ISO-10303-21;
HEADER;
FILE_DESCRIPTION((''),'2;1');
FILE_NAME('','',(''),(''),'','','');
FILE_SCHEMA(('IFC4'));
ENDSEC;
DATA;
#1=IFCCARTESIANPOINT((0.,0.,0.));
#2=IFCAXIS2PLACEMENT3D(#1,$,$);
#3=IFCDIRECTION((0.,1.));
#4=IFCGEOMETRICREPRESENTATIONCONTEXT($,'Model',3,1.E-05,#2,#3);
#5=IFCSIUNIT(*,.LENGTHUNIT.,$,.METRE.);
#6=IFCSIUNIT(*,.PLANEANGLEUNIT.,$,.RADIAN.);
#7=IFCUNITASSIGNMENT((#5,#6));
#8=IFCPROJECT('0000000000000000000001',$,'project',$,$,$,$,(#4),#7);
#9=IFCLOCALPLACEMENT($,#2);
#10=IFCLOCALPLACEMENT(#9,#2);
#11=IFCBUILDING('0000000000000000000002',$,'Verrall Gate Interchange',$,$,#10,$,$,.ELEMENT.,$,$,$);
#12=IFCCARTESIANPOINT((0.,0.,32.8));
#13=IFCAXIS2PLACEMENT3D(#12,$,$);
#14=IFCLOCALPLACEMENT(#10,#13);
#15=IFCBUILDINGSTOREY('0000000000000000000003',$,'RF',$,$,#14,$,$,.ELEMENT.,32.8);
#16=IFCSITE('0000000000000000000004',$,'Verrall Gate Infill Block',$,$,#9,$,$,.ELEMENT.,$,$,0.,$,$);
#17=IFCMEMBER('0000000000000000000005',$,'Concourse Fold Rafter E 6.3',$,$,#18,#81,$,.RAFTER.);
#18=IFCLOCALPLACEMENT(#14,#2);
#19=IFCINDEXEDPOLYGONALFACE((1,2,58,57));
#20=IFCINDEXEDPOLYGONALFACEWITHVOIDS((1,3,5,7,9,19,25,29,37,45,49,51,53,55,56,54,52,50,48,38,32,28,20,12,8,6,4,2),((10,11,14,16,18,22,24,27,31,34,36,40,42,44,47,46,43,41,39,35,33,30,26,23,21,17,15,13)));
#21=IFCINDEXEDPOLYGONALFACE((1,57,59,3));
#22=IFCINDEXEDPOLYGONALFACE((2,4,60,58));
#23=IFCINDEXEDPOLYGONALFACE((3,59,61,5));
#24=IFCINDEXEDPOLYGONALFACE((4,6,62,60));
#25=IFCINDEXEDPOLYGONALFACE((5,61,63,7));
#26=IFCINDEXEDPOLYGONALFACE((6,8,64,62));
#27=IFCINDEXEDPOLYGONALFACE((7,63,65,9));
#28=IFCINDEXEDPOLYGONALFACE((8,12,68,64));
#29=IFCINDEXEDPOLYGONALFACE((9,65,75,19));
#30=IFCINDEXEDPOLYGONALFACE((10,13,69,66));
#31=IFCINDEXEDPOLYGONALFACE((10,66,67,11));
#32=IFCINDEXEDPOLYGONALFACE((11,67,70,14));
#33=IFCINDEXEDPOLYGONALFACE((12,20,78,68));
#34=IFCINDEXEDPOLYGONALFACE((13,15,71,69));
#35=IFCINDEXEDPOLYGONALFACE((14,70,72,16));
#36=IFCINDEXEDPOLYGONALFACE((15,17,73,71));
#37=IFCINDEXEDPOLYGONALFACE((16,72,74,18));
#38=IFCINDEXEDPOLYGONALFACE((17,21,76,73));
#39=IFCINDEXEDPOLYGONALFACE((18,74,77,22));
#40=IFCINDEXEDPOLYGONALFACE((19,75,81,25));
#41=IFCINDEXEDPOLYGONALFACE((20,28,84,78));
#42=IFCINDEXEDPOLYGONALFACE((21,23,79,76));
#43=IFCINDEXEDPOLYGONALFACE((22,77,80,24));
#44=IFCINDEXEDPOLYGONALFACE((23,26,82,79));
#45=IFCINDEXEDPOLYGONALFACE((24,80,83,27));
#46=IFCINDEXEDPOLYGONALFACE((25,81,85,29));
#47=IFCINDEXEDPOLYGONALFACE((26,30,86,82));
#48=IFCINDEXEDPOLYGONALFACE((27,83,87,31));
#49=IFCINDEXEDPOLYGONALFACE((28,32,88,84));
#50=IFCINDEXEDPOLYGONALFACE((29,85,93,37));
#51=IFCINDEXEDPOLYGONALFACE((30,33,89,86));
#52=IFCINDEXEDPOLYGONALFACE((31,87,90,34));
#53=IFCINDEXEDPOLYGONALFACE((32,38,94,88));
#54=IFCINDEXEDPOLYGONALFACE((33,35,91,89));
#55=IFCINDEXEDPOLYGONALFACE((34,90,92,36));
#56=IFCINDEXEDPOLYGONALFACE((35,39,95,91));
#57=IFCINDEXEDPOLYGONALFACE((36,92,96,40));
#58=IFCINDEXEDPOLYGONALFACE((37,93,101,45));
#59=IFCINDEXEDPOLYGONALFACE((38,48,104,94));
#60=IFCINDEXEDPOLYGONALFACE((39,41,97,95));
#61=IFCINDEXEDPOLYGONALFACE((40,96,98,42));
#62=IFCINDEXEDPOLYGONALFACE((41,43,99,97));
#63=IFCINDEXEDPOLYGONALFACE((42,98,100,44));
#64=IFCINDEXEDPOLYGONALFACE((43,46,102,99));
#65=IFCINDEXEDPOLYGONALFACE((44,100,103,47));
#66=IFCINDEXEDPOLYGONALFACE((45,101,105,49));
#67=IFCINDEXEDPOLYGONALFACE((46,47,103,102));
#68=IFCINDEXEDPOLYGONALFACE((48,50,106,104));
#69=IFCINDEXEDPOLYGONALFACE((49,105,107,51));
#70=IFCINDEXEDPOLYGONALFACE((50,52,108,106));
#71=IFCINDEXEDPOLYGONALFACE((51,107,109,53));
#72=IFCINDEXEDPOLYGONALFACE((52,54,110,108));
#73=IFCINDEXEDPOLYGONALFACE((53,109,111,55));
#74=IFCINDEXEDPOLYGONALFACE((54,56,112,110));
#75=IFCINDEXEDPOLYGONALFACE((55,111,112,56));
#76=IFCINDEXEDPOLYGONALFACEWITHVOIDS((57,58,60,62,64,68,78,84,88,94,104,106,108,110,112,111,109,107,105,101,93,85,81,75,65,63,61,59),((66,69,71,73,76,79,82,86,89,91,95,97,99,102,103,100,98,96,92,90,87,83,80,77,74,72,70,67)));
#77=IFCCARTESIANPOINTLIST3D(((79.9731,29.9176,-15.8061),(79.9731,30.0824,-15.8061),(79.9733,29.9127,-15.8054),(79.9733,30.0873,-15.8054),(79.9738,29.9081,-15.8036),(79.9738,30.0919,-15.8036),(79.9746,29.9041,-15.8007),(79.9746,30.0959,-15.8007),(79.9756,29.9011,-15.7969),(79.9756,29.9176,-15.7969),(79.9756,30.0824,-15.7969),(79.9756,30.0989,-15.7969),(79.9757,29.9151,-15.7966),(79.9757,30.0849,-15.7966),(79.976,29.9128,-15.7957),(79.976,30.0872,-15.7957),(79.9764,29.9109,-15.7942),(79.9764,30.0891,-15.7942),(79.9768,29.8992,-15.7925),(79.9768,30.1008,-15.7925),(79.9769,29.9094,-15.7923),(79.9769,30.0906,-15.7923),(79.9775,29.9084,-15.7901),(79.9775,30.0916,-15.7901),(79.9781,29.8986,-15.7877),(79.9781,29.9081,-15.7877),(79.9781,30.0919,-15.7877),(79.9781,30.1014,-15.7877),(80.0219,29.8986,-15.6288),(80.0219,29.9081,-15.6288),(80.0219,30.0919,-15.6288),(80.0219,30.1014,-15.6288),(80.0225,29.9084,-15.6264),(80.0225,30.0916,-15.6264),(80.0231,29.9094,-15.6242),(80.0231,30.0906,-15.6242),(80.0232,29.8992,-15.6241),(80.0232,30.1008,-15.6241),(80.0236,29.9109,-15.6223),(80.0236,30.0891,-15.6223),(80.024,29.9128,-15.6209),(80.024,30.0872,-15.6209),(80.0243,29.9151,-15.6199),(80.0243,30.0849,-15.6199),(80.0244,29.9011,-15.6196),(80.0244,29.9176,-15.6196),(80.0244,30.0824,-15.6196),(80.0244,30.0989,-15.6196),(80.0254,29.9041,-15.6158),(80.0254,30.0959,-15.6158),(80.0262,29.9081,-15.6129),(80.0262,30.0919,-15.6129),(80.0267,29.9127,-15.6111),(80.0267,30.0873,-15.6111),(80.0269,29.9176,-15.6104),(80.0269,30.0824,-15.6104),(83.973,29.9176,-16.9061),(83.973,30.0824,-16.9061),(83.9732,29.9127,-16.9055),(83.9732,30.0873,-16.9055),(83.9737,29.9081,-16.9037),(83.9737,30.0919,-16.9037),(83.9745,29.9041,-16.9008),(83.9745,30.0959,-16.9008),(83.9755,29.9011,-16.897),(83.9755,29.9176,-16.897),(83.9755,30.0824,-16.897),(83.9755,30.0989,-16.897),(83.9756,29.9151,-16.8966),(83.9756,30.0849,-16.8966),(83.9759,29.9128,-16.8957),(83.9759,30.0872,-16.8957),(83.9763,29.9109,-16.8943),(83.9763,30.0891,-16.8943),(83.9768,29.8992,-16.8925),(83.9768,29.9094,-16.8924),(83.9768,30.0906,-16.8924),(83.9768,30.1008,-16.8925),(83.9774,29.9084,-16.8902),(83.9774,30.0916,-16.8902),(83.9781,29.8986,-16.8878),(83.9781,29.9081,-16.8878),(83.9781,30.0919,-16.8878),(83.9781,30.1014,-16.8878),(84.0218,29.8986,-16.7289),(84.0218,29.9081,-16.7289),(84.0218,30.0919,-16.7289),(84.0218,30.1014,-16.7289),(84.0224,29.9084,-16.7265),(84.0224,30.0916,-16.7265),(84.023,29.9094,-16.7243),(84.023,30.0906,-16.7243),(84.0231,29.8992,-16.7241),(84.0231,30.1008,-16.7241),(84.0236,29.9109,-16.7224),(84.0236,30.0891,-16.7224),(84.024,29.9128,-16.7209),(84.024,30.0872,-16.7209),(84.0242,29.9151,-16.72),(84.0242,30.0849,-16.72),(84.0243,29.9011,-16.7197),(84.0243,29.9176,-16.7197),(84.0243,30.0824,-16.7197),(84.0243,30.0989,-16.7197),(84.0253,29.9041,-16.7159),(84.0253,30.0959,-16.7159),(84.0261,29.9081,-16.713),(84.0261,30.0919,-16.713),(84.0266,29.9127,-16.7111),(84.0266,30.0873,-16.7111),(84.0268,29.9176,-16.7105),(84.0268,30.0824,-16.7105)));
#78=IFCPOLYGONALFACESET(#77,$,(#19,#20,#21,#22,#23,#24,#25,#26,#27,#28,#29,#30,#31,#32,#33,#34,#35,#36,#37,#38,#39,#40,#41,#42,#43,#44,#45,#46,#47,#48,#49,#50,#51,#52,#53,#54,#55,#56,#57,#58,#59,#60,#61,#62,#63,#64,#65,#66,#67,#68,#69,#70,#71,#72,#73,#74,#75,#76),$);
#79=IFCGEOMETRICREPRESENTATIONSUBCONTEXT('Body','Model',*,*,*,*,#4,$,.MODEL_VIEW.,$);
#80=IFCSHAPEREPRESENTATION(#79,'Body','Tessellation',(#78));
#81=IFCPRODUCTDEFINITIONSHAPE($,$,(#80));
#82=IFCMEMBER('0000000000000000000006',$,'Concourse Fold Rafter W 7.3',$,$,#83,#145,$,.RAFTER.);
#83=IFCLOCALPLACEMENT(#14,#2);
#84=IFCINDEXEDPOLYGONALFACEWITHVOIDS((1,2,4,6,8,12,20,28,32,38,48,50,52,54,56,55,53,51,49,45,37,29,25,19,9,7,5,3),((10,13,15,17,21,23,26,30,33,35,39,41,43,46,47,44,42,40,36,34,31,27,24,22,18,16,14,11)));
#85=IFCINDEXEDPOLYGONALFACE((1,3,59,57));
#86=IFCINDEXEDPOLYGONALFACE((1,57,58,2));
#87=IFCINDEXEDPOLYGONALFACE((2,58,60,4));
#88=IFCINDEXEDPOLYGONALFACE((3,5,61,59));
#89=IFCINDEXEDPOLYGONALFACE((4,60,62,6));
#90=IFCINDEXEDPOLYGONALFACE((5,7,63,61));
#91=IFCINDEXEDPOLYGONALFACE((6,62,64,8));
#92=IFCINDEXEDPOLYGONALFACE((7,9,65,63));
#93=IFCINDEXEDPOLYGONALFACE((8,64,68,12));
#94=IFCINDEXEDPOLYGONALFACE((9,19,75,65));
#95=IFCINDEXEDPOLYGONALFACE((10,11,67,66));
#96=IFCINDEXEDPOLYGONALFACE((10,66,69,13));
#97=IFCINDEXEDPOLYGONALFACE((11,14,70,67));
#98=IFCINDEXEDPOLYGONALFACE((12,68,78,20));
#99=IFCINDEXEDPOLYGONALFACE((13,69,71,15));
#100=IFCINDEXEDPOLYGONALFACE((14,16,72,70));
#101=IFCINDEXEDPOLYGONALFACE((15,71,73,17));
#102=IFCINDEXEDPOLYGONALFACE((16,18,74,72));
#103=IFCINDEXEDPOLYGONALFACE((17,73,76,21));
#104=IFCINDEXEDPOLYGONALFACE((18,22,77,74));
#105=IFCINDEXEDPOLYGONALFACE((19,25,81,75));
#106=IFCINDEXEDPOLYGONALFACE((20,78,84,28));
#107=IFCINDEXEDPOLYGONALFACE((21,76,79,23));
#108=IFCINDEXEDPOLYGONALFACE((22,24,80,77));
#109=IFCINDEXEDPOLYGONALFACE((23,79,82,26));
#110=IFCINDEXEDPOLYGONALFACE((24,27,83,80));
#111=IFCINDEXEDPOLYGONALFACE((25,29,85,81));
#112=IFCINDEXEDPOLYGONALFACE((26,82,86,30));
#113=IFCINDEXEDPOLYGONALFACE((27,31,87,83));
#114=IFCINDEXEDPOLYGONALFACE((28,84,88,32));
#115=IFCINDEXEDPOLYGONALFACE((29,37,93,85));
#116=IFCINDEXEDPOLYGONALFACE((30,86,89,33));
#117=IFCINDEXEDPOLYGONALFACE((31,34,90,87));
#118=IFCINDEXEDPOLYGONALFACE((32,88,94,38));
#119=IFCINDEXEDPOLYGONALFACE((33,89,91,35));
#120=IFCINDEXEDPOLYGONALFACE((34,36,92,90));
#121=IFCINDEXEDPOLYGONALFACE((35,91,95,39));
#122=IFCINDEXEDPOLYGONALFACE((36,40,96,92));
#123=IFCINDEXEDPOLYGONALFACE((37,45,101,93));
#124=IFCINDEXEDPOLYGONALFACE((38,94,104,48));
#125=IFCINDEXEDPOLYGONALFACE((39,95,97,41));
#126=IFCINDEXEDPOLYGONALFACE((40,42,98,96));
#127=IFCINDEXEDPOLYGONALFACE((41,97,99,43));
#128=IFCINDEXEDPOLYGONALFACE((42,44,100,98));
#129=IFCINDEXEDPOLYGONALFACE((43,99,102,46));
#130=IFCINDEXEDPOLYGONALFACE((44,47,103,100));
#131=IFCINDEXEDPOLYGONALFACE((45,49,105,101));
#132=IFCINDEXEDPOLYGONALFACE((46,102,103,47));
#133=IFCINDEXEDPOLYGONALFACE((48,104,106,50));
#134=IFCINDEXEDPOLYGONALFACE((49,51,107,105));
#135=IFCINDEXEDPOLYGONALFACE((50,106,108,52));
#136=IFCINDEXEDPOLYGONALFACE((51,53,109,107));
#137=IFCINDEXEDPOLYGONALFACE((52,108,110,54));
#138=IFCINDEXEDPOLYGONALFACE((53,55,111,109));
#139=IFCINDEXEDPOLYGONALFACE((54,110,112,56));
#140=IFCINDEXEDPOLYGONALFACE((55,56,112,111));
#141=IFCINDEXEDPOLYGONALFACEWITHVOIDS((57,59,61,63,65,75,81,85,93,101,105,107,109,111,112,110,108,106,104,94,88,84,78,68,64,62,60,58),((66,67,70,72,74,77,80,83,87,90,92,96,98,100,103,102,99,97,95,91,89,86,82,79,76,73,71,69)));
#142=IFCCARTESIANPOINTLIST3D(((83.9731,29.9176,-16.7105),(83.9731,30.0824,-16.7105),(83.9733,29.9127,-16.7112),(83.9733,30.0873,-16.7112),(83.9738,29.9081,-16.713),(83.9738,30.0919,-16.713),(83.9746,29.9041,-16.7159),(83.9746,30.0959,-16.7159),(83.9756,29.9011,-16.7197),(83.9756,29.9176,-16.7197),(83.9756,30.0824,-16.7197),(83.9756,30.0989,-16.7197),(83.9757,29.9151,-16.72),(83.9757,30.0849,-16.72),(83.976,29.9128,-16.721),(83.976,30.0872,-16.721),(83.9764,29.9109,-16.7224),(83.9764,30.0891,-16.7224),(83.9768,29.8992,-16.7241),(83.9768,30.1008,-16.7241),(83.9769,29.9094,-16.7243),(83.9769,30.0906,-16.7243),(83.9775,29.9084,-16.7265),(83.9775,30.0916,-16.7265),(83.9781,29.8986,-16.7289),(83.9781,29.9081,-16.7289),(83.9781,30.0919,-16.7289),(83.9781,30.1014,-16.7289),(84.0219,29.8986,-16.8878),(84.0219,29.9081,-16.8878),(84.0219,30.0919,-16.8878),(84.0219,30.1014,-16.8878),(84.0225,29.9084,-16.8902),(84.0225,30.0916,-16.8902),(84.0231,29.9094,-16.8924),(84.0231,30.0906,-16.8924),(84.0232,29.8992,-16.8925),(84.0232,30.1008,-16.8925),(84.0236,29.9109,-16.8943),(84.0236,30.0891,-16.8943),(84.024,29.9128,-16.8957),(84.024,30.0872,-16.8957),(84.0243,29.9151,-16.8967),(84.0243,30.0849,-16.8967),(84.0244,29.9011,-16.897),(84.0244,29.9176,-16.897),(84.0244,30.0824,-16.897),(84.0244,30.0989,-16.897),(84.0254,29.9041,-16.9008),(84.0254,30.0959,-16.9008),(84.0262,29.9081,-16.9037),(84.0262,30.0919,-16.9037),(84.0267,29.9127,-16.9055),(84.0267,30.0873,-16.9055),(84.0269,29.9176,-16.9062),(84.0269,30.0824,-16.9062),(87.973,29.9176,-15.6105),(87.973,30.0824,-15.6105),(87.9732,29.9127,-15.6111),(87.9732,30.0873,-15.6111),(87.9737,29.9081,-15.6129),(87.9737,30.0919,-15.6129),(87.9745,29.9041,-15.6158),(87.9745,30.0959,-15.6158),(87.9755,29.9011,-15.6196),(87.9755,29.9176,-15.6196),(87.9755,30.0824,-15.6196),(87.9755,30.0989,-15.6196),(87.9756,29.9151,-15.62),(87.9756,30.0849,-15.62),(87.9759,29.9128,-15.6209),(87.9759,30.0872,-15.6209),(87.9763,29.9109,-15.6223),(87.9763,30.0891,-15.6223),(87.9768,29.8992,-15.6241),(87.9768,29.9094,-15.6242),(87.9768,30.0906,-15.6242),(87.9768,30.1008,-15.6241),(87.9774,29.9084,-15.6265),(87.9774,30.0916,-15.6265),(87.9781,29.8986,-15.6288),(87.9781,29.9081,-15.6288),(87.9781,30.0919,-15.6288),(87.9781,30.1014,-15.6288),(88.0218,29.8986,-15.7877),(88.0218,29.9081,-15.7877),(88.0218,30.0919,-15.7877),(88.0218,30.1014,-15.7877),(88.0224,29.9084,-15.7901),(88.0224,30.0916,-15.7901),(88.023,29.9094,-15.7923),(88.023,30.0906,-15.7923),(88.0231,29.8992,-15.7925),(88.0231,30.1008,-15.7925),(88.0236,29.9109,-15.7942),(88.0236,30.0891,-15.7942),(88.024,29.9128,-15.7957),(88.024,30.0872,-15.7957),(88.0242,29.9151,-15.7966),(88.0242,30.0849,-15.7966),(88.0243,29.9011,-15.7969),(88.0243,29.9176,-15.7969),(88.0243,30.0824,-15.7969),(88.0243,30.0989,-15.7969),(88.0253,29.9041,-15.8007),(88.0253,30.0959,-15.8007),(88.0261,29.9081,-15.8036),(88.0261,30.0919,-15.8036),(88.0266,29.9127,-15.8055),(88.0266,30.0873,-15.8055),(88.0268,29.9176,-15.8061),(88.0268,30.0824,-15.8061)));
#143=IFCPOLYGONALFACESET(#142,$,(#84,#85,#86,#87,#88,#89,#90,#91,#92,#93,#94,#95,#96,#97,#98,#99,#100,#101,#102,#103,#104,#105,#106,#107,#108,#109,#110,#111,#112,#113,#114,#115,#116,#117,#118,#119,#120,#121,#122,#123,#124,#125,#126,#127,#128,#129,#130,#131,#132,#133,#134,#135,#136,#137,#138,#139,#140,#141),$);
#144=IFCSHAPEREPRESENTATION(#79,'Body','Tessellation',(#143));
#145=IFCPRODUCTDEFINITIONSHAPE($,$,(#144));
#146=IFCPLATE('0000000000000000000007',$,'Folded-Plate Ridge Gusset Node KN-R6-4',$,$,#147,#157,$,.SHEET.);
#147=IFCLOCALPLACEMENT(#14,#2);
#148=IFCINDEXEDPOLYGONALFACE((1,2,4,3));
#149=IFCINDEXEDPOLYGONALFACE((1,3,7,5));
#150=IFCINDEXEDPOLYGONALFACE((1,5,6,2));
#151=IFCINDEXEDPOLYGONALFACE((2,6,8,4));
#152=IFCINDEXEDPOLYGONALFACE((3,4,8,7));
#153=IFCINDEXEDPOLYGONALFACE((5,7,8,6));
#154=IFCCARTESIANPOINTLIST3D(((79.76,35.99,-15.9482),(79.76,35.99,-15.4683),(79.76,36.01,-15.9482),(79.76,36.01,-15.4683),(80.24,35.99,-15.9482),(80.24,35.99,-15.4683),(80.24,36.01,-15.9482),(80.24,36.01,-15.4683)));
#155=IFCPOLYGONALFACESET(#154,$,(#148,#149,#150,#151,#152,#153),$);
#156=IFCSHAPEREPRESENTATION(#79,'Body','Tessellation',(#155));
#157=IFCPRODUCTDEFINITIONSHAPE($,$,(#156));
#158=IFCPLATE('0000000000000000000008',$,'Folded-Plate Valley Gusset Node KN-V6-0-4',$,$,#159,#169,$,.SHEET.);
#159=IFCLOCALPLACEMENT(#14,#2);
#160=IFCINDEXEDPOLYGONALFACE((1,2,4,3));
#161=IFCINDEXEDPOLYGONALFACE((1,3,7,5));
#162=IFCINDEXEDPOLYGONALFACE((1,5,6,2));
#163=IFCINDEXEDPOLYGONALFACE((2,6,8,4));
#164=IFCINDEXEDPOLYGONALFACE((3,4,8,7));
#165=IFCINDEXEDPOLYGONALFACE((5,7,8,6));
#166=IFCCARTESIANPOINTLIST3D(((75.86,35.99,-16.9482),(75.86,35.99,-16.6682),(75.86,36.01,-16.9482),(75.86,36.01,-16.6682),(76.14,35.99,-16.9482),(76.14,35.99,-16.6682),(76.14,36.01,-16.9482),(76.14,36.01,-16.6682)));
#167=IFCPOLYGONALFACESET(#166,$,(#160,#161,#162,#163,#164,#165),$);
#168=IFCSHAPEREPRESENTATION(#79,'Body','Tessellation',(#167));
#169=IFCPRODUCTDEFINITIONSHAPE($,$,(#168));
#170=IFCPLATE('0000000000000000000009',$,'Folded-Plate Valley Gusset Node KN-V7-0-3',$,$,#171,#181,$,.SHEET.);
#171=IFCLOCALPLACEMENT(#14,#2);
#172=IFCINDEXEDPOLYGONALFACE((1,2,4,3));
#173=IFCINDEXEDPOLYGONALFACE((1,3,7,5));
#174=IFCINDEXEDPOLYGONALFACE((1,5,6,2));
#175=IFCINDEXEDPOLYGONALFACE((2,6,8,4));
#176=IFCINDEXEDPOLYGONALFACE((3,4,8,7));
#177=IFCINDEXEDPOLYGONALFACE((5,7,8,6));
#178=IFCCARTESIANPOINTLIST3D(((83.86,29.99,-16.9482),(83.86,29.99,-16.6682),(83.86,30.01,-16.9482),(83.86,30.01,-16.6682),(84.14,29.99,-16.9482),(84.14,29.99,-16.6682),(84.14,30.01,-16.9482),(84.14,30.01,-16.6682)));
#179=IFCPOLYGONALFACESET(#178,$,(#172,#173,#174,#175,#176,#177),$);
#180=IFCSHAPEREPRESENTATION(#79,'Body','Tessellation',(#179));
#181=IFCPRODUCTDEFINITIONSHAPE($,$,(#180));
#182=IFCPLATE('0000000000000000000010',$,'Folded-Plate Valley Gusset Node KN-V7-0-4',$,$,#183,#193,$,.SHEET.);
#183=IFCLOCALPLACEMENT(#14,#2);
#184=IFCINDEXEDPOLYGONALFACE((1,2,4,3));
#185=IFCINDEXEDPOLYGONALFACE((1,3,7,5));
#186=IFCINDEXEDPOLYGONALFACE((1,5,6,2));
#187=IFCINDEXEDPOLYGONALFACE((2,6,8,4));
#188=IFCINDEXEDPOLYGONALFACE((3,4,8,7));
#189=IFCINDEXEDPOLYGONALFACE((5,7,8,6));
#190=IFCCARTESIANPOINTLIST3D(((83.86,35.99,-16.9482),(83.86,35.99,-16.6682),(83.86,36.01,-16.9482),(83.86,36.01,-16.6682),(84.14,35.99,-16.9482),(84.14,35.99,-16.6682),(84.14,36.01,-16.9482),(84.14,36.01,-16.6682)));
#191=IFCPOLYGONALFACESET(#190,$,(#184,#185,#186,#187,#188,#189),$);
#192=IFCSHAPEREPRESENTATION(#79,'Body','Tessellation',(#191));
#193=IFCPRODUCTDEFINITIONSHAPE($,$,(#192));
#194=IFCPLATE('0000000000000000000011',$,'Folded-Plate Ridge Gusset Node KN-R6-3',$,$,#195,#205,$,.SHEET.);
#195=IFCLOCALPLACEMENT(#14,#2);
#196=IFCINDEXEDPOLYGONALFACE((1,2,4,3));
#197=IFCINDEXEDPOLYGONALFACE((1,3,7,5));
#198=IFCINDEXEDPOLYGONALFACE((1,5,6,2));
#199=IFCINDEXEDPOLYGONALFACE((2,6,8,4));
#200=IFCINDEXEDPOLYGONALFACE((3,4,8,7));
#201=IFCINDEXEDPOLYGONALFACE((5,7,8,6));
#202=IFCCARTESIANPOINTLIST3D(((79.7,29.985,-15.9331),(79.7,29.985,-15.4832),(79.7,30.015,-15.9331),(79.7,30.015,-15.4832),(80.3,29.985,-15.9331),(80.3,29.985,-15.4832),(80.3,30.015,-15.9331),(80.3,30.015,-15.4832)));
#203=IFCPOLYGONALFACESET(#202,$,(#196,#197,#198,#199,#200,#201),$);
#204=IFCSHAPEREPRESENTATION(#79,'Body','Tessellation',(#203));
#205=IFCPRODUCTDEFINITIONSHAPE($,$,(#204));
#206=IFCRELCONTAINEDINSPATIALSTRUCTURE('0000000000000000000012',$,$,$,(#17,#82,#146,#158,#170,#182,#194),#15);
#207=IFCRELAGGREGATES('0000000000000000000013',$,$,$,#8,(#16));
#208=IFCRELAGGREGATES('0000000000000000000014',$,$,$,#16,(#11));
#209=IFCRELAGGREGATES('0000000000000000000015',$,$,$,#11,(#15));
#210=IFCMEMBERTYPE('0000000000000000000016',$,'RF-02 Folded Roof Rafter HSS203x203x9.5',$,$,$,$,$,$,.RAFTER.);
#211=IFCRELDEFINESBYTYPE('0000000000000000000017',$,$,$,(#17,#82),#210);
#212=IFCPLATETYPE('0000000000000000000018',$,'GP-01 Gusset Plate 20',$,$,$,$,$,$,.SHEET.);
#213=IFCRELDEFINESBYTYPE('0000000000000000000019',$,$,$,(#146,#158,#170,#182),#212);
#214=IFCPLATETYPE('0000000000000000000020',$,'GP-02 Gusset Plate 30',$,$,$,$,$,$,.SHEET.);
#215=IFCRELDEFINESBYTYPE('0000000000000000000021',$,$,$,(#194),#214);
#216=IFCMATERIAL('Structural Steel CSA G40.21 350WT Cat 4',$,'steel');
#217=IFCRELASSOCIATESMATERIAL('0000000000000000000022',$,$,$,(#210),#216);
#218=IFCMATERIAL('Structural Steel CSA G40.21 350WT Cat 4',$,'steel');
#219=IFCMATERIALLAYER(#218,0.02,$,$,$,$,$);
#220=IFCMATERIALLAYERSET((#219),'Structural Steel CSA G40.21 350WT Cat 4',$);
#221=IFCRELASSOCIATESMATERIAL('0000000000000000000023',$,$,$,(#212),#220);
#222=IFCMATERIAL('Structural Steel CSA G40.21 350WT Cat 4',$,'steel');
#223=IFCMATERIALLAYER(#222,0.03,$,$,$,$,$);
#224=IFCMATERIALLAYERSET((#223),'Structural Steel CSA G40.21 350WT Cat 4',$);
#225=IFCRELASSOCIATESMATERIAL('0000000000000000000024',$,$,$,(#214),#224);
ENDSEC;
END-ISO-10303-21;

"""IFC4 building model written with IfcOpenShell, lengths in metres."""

from ifc_helpers import new_model, si_unit, direction, frame, origin, origin_2d, place, context, subcontext, project, spatial, rectangle, hollow_rectangle, extrude, material, layer, layer_set, material_profile, profile_set, type_object, element, save


model = new_model("IFC4")

# Units and contexts
model_context = context("Model", 3, precision=1e-05, world=origin(), true_north=direction((0.0, 1.0)))
body_context = subcontext(model_context, "Body", "Model", "MODEL_VIEW")
ifc_project = project(units=[si_unit("LENGTHUNIT", "METRE"), si_unit("PLANEANGLEUNIT", "RADIAN")], contexts=[model_context])

# Site, building, storey
site_placement = place(None, origin())
site = spatial("IfcSite", under=ifc_project, at=site_placement, Name="Verrall Gate Infill Block", CompositionType="ELEMENT", RefElevation=0.0)
building_placement = place(site_placement, origin())
building = spatial("IfcBuilding", under=site, at=building_placement, Name="Verrall Gate Interchange", CompositionType="ELEMENT")
storey_placement = place(building_placement, frame((0.0, 0.0, 32.8)))
storey = spatial("IfcBuildingStorey", under=building, at=storey_placement, Name="RF", CompositionType="ELEMENT", Elevation=32.8)

# Members
ifc_material_1 = material(Name="Structural Steel CSA G40.21 350WT Cat 4", Category="steel")
ifc_material_profile_1 = material_profile(ifc_material_1, hollow_rectangle(XDim=0.2029, YDim=0.2029, WallThickness=0.0095, InnerFilletRadius=0.0095, OuterFilletRadius=0.019, at=origin_2d()), Name="HSS203x203x9.5")
ifc_profile_set_1 = profile_set([ifc_material_profile_1], Name="Structural Steel CSA G40.21 350WT Cat 4")
member_type_1 = type_object("IfcMemberType", Name="RF-02 Folded Roof Rafter HSS203x203x9.5", PredefinedType="RAFTER", material=ifc_profile_set_1)
for number, where, z_axis, x_axis, name in (
    (1, (80.0, 30.0, -15.7083), (0.964199, 0.0, -0.265178), (0.0, 1.0, 0.0), "Concourse Fold Rafter E 6.3"),
    (2, (84.0, 30.0, -16.8083), (0.964199, 0.0, 0.265178), (0.0, 1.0, 0.0), "Concourse Fold Rafter W 7.3"),
):
    element("IfcMember", number, at=place(storey_placement, frame(where, z_axis=z_axis, x_axis=x_axis)), inside=storey, type_object=member_type_1, Name=name, PredefinedType="RAFTER", context=body_context, shape_type="SweptSolid", body=[
        extrude(hollow_rectangle(XDim=0.2029, YDim=0.2029, WallThickness=0.0095, InnerFilletRadius=0.0095, OuterFilletRadius=0.019, at=origin_2d()), origin(), (0.0, 0.0, 1.0), 4.1484),
    ])

# Plates
ifc_material_2 = material(Name="Structural Steel CSA G40.21 350WT Cat 4", Category="steel")
ifc_layer_1 = layer(ifc_material_2, 0.02)
ifc_layer_set_1 = layer_set([ifc_layer_1], Name="Structural Steel CSA G40.21 350WT Cat 4")
plate_type_1 = type_object("IfcPlateType", Name="GP-01 Gusset Plate 20", PredefinedType="SHEET", material=ifc_layer_set_1)
plate_1_placement = place(storey_placement, frame((80.0, 36.0, -15.9482), z_axis=(0.0, 0.0, 1.0), x_axis=(1.0, 0.0, 0.0)))
element("IfcPlate", 3, at=plate_1_placement, inside=storey, type_object=plate_type_1, Name="Folded-Plate Ridge Gusset Node KN-R6-4", PredefinedType="SHEET", context=body_context, shape_type="SweptSolid", body=[
    extrude(rectangle(XDim=0.48, YDim=0.02, at=origin_2d()), origin(), (0.0, 0.0, 1.0), 0.48),
])
for number, where, z_axis, x_axis, name in (
    (4, (76.0, 36.0, -16.9482), (0.0, 0.0, 1.0), (1.0, 0.0, 0.0), "Folded-Plate Valley Gusset Node KN-V6-0-4"),
    (5, (84.0, 30.0, -16.9482), (0.0, 0.0, 1.0), (1.0, 0.0, 0.0), "Folded-Plate Valley Gusset Node KN-V7-0-3"),
    (6, (84.0, 36.0, -16.9482), (0.0, 0.0, 1.0), (1.0, 0.0, 0.0), "Folded-Plate Valley Gusset Node KN-V7-0-4"),
):
    element("IfcPlate", number, at=place(storey_placement, frame(where, z_axis=z_axis, x_axis=x_axis)), inside=storey, type_object=plate_type_1, Name=name, PredefinedType="SHEET", context=body_context, shape_type="SweptSolid", body=[
        extrude(rectangle(XDim=0.28, YDim=0.02, at=origin_2d()), origin(), (0.0, 0.0, 1.0), 0.28),
    ])
ifc_material_3 = material(Name="Structural Steel CSA G40.21 350WT Cat 4", Category="steel")
ifc_layer_2 = layer(ifc_material_3, 0.03)
ifc_layer_set_2 = layer_set([ifc_layer_2], Name="Structural Steel CSA G40.21 350WT Cat 4")
plate_type_2 = type_object("IfcPlateType", Name="GP-02 Gusset Plate 30", PredefinedType="SHEET", material=ifc_layer_set_2)
plate_2_placement = place(storey_placement, frame((80.0, 30.0, -15.9331), z_axis=(0.0, 0.0, 1.0), x_axis=(1.0, 0.0, 0.0)))
element("IfcPlate", 7, at=plate_2_placement, inside=storey, type_object=plate_type_2, Name="Folded-Plate Ridge Gusset Node KN-R6-3", PredefinedType="SHEET", context=body_context, shape_type="SweptSolid", body=[
    extrude(rectangle(XDim=0.6001, YDim=0.03, at=origin_2d()), origin(), (0.0, 0.0, 1.0), 0.45),
])

save(model, "model.ifc")
